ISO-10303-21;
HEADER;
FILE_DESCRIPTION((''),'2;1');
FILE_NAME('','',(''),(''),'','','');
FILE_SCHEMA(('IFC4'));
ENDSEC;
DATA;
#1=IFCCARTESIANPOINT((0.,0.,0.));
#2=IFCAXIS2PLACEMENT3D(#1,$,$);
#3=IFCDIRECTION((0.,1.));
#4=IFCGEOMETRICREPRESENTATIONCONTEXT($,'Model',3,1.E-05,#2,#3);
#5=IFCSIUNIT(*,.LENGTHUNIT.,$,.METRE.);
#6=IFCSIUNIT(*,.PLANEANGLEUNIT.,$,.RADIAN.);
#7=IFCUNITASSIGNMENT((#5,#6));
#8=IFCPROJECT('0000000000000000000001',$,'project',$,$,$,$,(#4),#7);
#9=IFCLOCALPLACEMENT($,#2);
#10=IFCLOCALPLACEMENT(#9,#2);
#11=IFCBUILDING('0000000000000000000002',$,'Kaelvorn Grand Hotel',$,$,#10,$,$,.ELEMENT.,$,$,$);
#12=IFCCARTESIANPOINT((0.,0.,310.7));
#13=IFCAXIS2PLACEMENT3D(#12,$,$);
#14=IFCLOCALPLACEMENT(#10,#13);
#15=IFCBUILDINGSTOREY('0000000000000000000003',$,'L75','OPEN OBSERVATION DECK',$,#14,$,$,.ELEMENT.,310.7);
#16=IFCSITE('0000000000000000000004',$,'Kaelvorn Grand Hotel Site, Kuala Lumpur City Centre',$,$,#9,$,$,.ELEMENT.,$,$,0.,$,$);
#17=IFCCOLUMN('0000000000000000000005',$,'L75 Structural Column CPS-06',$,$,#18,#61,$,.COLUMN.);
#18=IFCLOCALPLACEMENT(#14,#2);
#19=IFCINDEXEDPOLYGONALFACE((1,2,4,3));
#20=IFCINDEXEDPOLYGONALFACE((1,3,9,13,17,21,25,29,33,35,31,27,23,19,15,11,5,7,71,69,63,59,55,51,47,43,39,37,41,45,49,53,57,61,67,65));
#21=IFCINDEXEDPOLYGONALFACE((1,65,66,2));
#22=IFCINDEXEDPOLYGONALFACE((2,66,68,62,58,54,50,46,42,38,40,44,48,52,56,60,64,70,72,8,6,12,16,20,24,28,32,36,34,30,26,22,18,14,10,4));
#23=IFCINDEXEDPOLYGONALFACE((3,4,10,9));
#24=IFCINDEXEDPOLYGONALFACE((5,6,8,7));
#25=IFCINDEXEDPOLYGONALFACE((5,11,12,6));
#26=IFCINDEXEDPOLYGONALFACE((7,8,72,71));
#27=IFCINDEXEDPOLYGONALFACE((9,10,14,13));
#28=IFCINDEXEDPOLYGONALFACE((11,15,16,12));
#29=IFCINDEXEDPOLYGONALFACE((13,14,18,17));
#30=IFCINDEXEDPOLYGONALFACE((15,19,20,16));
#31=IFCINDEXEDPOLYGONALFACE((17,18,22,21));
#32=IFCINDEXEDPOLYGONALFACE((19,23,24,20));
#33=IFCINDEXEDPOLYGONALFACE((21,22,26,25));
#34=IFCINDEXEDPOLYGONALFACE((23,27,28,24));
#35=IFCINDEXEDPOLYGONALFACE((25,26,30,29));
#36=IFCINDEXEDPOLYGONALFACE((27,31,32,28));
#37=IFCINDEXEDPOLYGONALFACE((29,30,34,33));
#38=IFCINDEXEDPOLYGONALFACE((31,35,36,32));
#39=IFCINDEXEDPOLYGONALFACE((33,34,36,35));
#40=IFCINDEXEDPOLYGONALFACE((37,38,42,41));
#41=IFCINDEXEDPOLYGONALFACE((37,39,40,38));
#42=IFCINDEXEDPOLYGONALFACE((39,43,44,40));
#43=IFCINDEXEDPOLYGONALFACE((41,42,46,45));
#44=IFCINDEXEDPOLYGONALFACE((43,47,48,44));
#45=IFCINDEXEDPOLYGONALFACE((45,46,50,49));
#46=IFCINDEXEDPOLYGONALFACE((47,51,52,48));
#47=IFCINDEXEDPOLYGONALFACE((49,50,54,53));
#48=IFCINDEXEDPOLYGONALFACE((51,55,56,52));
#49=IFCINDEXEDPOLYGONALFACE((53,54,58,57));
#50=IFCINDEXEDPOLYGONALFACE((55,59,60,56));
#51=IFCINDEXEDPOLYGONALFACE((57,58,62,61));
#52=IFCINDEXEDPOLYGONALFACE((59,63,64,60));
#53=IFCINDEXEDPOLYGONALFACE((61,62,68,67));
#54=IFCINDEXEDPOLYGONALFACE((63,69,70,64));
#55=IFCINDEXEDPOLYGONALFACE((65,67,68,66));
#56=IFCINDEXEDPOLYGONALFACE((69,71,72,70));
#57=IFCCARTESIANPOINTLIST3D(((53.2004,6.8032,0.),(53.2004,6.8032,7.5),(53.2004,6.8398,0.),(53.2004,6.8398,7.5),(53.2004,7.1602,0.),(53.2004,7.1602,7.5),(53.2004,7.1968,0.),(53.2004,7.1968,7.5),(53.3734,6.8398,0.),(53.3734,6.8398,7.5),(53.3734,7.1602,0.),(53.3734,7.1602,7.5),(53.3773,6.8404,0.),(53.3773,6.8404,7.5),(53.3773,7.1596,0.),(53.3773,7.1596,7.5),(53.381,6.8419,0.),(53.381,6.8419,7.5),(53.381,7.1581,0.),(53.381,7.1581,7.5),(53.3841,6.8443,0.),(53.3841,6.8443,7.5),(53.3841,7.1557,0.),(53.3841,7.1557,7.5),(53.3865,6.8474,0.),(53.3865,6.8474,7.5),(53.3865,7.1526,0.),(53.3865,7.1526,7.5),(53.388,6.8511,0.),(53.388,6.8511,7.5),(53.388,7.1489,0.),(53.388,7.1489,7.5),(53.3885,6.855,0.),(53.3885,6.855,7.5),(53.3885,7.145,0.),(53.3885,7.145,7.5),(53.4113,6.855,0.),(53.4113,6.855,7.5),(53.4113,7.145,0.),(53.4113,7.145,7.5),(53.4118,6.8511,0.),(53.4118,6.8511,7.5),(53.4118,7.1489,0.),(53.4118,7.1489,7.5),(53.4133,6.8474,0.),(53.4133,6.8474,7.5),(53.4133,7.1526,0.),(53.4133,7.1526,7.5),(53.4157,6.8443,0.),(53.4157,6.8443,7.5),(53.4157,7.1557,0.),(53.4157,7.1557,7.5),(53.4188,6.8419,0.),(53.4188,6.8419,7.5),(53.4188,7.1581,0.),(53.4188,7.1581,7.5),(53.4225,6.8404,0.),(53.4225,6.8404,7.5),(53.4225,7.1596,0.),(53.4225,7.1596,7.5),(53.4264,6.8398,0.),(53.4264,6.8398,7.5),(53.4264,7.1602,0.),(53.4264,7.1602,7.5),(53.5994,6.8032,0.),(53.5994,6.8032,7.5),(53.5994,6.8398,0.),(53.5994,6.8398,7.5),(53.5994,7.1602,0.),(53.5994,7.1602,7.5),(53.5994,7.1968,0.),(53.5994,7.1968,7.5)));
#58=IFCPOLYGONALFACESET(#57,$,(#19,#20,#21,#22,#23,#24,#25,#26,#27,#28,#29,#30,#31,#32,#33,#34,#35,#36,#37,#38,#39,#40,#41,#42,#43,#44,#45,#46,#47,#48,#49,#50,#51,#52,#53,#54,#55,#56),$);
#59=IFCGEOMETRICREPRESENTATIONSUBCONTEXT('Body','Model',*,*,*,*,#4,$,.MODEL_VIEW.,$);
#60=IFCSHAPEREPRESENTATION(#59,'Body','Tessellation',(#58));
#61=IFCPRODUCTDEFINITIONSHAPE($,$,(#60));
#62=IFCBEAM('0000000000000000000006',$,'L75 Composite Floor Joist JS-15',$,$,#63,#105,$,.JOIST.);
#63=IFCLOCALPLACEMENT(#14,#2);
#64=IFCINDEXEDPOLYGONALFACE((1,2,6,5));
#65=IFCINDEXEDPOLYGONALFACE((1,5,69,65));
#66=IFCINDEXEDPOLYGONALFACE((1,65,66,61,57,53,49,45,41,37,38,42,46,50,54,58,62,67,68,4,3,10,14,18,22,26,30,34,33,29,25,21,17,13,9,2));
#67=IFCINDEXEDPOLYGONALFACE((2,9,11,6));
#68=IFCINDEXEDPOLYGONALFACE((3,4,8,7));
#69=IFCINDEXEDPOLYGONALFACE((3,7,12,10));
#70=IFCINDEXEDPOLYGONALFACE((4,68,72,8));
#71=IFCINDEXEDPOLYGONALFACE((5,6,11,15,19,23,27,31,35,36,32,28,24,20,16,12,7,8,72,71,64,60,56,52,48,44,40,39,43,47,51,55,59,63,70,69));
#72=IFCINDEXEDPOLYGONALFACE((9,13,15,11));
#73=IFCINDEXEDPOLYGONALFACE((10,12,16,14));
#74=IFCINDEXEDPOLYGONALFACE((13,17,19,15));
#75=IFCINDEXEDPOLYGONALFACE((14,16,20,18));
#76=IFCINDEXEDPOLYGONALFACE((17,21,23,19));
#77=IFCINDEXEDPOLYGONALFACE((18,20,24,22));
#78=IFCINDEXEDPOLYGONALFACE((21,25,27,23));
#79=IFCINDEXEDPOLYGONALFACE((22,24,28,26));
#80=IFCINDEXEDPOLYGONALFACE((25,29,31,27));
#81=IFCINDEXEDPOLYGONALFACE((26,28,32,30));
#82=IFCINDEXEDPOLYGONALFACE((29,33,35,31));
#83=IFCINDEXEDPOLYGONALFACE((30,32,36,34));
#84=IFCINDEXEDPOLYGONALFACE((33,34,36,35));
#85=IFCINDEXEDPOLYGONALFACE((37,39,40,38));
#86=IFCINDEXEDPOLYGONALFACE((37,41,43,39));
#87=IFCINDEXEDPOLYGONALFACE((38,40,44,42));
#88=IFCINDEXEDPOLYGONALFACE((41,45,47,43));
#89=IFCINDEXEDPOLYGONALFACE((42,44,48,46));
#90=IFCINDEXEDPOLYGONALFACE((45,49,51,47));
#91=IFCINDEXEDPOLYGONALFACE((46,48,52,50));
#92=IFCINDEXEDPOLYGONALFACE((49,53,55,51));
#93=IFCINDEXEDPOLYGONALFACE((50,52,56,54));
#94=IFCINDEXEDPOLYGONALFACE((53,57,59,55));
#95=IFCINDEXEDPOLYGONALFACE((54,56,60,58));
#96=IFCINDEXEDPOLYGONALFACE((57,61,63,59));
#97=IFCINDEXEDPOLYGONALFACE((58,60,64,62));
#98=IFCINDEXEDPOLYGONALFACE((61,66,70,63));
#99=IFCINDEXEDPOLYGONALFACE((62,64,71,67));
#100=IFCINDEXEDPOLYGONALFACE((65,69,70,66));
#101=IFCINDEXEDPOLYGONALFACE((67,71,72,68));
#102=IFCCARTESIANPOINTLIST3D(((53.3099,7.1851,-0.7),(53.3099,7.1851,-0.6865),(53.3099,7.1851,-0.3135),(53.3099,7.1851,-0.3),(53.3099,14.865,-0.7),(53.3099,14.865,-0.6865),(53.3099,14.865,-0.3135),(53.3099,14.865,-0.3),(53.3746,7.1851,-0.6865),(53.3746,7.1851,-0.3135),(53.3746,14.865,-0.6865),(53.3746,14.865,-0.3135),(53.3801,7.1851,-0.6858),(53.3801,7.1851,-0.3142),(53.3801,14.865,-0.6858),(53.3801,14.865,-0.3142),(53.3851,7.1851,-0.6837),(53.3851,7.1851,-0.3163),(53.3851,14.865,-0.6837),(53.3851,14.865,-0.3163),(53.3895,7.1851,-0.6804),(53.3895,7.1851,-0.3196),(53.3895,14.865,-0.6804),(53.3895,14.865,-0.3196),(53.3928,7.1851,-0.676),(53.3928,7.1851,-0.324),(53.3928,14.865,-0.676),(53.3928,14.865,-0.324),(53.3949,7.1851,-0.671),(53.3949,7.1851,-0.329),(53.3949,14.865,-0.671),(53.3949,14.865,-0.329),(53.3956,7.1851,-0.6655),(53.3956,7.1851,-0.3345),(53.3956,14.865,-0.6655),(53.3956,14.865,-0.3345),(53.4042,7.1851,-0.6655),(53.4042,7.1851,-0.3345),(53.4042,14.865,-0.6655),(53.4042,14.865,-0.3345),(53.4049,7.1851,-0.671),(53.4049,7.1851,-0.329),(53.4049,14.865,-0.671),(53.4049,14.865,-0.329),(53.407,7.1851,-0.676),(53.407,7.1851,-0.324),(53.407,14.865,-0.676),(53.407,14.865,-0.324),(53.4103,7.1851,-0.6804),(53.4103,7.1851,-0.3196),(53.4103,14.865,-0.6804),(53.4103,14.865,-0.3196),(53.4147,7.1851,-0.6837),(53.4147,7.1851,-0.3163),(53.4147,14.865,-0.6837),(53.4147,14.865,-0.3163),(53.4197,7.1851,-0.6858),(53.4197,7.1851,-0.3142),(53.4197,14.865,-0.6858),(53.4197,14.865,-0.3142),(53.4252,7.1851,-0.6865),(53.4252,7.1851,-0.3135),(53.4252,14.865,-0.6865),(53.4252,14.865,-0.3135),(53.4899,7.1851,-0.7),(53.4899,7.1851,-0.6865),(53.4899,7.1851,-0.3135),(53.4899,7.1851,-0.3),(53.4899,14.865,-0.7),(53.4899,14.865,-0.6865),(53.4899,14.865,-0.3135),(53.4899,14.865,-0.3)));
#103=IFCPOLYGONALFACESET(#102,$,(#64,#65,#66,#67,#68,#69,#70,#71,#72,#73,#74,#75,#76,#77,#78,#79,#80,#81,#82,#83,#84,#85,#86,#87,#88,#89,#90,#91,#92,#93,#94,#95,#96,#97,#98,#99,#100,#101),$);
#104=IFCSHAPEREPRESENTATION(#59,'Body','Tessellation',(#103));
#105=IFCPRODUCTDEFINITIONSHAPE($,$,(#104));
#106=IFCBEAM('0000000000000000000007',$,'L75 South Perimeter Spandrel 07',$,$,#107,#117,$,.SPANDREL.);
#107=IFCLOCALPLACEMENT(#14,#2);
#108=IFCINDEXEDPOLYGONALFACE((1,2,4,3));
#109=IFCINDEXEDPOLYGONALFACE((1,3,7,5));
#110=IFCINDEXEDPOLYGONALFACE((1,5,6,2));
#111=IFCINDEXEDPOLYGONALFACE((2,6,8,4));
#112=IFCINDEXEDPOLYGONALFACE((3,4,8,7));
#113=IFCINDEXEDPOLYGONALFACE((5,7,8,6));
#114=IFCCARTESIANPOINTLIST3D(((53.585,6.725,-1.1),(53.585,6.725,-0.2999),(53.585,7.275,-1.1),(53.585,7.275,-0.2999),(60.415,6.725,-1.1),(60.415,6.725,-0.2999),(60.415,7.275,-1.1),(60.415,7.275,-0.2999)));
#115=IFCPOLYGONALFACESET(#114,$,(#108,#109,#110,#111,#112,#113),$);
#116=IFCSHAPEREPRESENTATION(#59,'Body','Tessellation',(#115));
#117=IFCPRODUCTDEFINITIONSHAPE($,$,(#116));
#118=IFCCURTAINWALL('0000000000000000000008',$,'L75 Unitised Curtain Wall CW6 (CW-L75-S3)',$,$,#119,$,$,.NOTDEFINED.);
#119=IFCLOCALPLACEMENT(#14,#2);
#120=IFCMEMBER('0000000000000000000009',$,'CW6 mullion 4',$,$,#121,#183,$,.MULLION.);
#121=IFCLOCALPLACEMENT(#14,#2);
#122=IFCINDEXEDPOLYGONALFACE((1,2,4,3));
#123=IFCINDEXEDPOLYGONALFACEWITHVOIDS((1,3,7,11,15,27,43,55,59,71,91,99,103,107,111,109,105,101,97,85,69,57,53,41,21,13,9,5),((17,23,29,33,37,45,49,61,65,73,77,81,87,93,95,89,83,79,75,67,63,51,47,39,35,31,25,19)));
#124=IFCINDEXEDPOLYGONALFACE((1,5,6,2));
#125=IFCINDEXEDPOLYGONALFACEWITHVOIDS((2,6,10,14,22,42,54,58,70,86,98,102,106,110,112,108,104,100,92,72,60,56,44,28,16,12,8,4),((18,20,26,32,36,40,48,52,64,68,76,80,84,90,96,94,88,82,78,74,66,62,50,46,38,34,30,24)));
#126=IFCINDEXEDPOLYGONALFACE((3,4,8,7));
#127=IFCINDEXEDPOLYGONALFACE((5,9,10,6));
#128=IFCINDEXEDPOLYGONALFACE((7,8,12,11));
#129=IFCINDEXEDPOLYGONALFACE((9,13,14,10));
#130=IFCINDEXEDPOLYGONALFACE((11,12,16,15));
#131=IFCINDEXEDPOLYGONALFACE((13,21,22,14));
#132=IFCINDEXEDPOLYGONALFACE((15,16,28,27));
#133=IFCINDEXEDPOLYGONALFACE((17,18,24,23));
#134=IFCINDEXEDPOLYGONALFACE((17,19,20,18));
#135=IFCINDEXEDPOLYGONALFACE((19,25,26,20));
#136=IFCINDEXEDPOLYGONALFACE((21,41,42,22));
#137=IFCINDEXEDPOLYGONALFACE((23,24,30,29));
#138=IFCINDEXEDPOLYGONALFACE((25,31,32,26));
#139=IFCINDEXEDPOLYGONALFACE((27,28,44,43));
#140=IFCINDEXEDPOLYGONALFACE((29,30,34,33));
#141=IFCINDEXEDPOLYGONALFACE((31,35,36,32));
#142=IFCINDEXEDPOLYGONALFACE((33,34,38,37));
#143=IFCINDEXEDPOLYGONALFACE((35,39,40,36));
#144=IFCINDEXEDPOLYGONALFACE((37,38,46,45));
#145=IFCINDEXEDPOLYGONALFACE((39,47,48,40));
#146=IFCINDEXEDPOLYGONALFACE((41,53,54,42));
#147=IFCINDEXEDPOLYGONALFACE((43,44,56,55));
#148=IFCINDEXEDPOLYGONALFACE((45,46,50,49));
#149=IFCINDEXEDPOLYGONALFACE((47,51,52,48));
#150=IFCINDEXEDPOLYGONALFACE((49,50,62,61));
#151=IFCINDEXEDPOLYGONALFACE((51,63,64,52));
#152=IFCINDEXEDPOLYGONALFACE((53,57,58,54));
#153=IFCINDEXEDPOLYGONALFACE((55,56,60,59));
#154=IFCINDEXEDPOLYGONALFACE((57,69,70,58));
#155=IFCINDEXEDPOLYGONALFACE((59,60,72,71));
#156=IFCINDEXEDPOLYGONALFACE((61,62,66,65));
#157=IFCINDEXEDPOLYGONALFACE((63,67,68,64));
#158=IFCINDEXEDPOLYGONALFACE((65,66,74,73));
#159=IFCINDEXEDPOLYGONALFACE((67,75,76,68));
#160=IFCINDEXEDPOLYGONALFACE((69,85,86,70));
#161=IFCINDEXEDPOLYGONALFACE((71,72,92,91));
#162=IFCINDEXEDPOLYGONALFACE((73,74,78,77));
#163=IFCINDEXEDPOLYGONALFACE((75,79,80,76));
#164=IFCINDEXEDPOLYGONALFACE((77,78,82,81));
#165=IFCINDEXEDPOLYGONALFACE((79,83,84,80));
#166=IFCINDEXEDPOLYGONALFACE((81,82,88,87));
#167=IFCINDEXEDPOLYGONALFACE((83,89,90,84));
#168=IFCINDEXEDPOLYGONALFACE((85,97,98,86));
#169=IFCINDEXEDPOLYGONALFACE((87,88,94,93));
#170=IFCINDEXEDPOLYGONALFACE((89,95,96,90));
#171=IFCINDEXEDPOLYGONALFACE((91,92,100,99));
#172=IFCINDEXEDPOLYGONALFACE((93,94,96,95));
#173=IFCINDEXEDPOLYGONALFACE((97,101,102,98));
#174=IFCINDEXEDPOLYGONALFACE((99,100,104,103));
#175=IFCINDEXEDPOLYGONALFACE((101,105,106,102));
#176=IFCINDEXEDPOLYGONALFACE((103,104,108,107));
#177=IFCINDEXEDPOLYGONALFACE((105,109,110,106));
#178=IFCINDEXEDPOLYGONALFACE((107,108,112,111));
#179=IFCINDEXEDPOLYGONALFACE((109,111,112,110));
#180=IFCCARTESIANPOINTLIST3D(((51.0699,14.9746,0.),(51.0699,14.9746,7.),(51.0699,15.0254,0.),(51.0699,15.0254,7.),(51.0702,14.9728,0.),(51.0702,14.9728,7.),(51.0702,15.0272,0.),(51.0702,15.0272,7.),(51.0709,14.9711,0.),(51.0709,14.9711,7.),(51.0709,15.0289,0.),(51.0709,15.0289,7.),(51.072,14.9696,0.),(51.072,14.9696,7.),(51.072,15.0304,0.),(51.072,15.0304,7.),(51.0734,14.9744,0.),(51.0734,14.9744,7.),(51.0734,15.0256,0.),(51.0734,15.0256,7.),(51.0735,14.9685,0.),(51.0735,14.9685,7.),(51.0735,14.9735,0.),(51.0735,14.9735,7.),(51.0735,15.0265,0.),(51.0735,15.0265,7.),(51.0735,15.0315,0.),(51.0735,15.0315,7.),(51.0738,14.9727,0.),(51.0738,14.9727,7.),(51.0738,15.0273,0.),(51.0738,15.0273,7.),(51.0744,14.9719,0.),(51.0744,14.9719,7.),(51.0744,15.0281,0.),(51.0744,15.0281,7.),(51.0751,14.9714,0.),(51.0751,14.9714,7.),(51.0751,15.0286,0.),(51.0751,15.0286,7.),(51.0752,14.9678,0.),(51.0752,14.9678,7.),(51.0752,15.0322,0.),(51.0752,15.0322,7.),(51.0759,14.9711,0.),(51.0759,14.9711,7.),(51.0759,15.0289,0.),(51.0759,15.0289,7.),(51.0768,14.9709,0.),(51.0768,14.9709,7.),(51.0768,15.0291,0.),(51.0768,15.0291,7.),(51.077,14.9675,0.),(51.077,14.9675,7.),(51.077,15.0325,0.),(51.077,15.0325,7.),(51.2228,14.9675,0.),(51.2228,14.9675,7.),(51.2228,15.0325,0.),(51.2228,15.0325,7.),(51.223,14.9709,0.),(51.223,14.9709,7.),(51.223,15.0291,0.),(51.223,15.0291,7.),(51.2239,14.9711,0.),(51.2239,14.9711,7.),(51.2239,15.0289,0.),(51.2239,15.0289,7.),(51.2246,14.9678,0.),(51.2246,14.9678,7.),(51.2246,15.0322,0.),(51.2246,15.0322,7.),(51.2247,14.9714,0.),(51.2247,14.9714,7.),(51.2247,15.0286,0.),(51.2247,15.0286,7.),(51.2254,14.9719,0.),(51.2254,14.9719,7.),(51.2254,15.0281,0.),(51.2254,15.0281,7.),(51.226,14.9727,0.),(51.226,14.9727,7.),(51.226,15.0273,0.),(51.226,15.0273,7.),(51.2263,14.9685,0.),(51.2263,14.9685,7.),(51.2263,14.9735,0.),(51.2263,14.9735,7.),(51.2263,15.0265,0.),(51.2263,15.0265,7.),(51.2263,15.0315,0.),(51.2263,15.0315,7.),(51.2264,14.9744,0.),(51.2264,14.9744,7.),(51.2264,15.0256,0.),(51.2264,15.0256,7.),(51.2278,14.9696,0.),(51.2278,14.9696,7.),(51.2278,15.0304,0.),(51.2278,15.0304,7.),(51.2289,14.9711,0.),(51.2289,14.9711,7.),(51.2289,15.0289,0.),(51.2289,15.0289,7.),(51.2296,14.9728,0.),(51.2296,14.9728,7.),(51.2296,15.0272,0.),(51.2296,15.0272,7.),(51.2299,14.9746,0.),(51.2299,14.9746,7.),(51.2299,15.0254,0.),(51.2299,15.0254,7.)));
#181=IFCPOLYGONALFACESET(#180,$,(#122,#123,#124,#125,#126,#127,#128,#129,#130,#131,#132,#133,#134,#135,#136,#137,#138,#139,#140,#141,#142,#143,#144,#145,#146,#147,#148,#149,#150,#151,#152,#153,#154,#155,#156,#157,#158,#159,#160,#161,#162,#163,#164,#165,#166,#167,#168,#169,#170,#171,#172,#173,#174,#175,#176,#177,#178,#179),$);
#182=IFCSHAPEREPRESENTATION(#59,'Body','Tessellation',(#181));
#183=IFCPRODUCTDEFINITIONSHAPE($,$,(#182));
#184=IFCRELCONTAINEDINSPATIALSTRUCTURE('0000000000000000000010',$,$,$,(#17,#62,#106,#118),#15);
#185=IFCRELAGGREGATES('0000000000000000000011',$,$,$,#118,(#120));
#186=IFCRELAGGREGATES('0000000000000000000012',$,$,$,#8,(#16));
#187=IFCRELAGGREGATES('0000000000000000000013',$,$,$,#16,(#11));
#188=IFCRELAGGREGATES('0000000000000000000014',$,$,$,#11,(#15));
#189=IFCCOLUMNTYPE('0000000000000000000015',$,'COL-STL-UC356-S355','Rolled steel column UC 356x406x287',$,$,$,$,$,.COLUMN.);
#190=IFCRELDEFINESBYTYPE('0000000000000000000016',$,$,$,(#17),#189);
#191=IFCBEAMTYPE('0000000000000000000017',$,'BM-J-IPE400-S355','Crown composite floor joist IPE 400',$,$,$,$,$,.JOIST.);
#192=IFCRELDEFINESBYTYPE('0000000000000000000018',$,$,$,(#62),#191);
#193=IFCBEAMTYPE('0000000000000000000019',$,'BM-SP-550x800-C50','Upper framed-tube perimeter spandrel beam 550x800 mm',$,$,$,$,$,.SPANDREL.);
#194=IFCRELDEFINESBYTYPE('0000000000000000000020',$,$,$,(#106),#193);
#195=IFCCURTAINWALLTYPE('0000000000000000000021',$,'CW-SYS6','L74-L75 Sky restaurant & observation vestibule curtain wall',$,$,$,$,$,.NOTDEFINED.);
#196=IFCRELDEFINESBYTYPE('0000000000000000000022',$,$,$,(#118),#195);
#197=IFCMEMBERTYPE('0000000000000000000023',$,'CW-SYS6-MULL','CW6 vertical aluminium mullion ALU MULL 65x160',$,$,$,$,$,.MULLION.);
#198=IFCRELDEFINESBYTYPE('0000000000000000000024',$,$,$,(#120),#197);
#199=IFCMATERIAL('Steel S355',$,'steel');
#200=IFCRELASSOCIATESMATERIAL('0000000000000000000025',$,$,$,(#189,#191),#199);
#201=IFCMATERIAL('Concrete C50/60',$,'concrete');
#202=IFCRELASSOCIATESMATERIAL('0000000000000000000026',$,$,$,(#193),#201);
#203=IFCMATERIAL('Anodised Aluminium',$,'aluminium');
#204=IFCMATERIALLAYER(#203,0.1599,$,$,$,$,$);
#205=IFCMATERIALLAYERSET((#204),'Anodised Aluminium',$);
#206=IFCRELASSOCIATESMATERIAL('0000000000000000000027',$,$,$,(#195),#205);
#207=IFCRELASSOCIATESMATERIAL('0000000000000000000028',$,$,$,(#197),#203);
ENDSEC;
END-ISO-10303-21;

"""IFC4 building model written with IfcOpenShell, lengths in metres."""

from ifc_helpers import new_model, si_unit, direction, frame, origin, origin_2d, place, context, subcontext, project, spatial, rectangle, hollow_rectangle, i_section, extrude, material, layer, layer_set, material_profile, profile_set, type_object, element, aggregate, save


model = new_model("IFC4")

# Units and contexts
model_context = context("Model", 3, precision=1e-05, world=origin(), true_north=direction((0.0, 1.0)))
body_context = subcontext(model_context, "Body", "Model", "MODEL_VIEW")
ifc_project = project(units=[si_unit("LENGTHUNIT", "METRE"), si_unit("PLANEANGLEUNIT", "RADIAN")], contexts=[model_context])

# Site, building, storey
site_placement = place(None, origin())
site = spatial("IfcSite", under=ifc_project, at=site_placement, Name="Kaelvorn Grand Hotel Site, Kuala Lumpur City Centre", CompositionType="ELEMENT", RefElevation=0.0)
building_placement = place(site_placement, origin())
building = spatial("IfcBuilding", under=site, at=building_placement, Name="Kaelvorn Grand Hotel", CompositionType="ELEMENT")
storey_placement = place(building_placement, frame((0.0, 0.0, 310.7)))
storey = spatial("IfcBuildingStorey", under=building, at=storey_placement, Name="L75", Description="OPEN OBSERVATION DECK", CompositionType="ELEMENT", Elevation=310.7)

# Column
ifc_material_1 = material(Name="Steel S355", Category="steel")
ifc_material_profile_1 = material_profile(ifc_material_1, i_section(OverallWidth=0.3989, OverallDepth=0.3936, WebThickness=0.0227, FlangeThickness=0.0366, FilletRadius=0.0151, at=origin_2d()), Name="UC 356x406x287")
ifc_profile_set_1 = profile_set([ifc_material_profile_1], Name="Steel S355")
column_type = type_object("IfcColumnType", Name="COL-STL-UC356-S355", Description="Rolled steel column UC 356x406x287", PredefinedType="COLUMN", material=ifc_profile_set_1)
column_placement = place(storey_placement, frame((53.3999, 7.0, 0.0), z_axis=(0.0, 0.0, 1.0), x_axis=(1.0, 0.0, 0.0)))
element("IfcColumn", 1, at=column_placement, inside=storey, type_object=column_type, Name="L75 Structural Column CPS-06", PredefinedType="COLUMN", context=body_context, shape_type="SweptSolid", body=[
    extrude(i_section(OverallWidth=0.3989, OverallDepth=0.3936, WebThickness=0.0227, FlangeThickness=0.0366, FilletRadius=0.0151, at=origin_2d()), origin(), (0.0, 0.0, 1.0), 7.5),
])

# Beams
ifc_material_profile_2 = material_profile(ifc_material_1, i_section(OverallWidth=0.1799, OverallDepth=0.3999, WebThickness=0.0085, FlangeThickness=0.0134, FilletRadius=0.021, at=origin_2d()), Name="IPE 400")
ifc_profile_set_2 = profile_set([ifc_material_profile_2], Name="Steel S355")
beam_type_1 = type_object("IfcBeamType", Name="BM-J-IPE400-S355", Description="Crown composite floor joist IPE 400", PredefinedType="JOIST", material=ifc_profile_set_2)
beam_1_placement = place(storey_placement, frame((53.3999, 7.1851, -0.5), z_axis=(0.0, 1.0, 0.0), x_axis=(-1.0, 0.0, 0.0)))
element("IfcBeam", 2, at=beam_1_placement, inside=storey, type_object=beam_type_1, Name="L75 Composite Floor Joist JS-15", PredefinedType="JOIST", context=body_context, shape_type="SweptSolid", body=[
    extrude(i_section(OverallWidth=0.1799, OverallDepth=0.3999, WebThickness=0.0085, FlangeThickness=0.0134, FilletRadius=0.021, at=origin_2d()), origin(), (0.0, 0.0, 1.0), 7.6799),
])
ifc_material_2 = material(Name="Concrete C50/60", Category="concrete")
ifc_material_profile_3 = material_profile(ifc_material_2, rectangle(XDim=0.55, YDim=0.8, at=origin_2d()), Name="RC SPANDREL 550x800")
ifc_profile_set_3 = profile_set([ifc_material_profile_3], Name="Concrete C50/60")
beam_type_2 = type_object("IfcBeamType", Name="BM-SP-550x800-C50", Description="Upper framed-tube perimeter spandrel beam 550x800 mm", PredefinedType="SPANDREL", material=ifc_profile_set_3)
beam_2_placement = place(storey_placement, frame((53.585, 7.0, -0.7), z_axis=(1.0, 0.0, 0.0), x_axis=(0.0, 1.0, 0.0)))
element("IfcBeam", 3, at=beam_2_placement, inside=storey, type_object=beam_type_2, Name="L75 South Perimeter Spandrel 07", PredefinedType="SPANDREL", context=body_context, shape_type="SweptSolid", body=[
    extrude(rectangle(XDim=0.55, YDim=0.8, at=origin_2d()), origin(), (0.0, 0.0, 1.0), 6.8301),
])

# Curtain wall, member
ifc_material_3 = material(Name="Anodised Aluminium", Category="aluminium")
ifc_layer_1 = layer(ifc_material_3, 0.1599)
ifc_layer_set_1 = layer_set([ifc_layer_1], Name="Anodised Aluminium")
curtain_wall_type = type_object("IfcCurtainWallType", Name="CW-SYS6", Description="L74-L75 Sky restaurant & observation vestibule curtain wall", PredefinedType="NOTDEFINED", material=ifc_layer_set_1)
curtain_wall_1_placement = place(storey_placement, origin())
curtain_wall_1 = element("IfcCurtainWall", 4, at=curtain_wall_1_placement, inside=storey, type_object=curtain_wall_type, Name="L75 Unitised Curtain Wall CW6 (CW-L75-S3)", PredefinedType="NOTDEFINED")
ifc_material_profile_4 = material_profile(ifc_material_3, hollow_rectangle(XDim=0.0649, YDim=0.1599, WallThickness=0.0034, InnerFilletRadius=0.0034, OuterFilletRadius=0.0071, at=origin_2d()), Name="ALU MULL 65x160")
ifc_profile_set_4 = profile_set([ifc_material_profile_4], Name="Anodised Aluminium")
member_type_1 = type_object("IfcMemberType", Name="CW-SYS6-MULL", Description="CW6 vertical aluminium mullion ALU MULL 65x160", PredefinedType="MULLION", material=ifc_profile_set_4)
member_1_placement = place(storey_placement, frame((51.1499, 15.0, 0.0), z_axis=(0.0, 0.0, 1.0), x_axis=(0.0, 1.0, 0.0)))
member_1 = element("IfcMember", 5, at=member_1_placement, type_object=member_type_1, Name="CW6 mullion 4", PredefinedType="MULLION", context=body_context, shape_type="SweptSolid", body=[
    extrude(hollow_rectangle(XDim=0.0649, YDim=0.1599, WallThickness=0.0034, InnerFilletRadius=0.0034, OuterFilletRadius=0.0071, at=origin_2d()), origin(), (0.0, 0.0, 1.0), 7.0),
])

aggregate(curtain_wall_1, [member_1])

save(model, "model.ifc")
